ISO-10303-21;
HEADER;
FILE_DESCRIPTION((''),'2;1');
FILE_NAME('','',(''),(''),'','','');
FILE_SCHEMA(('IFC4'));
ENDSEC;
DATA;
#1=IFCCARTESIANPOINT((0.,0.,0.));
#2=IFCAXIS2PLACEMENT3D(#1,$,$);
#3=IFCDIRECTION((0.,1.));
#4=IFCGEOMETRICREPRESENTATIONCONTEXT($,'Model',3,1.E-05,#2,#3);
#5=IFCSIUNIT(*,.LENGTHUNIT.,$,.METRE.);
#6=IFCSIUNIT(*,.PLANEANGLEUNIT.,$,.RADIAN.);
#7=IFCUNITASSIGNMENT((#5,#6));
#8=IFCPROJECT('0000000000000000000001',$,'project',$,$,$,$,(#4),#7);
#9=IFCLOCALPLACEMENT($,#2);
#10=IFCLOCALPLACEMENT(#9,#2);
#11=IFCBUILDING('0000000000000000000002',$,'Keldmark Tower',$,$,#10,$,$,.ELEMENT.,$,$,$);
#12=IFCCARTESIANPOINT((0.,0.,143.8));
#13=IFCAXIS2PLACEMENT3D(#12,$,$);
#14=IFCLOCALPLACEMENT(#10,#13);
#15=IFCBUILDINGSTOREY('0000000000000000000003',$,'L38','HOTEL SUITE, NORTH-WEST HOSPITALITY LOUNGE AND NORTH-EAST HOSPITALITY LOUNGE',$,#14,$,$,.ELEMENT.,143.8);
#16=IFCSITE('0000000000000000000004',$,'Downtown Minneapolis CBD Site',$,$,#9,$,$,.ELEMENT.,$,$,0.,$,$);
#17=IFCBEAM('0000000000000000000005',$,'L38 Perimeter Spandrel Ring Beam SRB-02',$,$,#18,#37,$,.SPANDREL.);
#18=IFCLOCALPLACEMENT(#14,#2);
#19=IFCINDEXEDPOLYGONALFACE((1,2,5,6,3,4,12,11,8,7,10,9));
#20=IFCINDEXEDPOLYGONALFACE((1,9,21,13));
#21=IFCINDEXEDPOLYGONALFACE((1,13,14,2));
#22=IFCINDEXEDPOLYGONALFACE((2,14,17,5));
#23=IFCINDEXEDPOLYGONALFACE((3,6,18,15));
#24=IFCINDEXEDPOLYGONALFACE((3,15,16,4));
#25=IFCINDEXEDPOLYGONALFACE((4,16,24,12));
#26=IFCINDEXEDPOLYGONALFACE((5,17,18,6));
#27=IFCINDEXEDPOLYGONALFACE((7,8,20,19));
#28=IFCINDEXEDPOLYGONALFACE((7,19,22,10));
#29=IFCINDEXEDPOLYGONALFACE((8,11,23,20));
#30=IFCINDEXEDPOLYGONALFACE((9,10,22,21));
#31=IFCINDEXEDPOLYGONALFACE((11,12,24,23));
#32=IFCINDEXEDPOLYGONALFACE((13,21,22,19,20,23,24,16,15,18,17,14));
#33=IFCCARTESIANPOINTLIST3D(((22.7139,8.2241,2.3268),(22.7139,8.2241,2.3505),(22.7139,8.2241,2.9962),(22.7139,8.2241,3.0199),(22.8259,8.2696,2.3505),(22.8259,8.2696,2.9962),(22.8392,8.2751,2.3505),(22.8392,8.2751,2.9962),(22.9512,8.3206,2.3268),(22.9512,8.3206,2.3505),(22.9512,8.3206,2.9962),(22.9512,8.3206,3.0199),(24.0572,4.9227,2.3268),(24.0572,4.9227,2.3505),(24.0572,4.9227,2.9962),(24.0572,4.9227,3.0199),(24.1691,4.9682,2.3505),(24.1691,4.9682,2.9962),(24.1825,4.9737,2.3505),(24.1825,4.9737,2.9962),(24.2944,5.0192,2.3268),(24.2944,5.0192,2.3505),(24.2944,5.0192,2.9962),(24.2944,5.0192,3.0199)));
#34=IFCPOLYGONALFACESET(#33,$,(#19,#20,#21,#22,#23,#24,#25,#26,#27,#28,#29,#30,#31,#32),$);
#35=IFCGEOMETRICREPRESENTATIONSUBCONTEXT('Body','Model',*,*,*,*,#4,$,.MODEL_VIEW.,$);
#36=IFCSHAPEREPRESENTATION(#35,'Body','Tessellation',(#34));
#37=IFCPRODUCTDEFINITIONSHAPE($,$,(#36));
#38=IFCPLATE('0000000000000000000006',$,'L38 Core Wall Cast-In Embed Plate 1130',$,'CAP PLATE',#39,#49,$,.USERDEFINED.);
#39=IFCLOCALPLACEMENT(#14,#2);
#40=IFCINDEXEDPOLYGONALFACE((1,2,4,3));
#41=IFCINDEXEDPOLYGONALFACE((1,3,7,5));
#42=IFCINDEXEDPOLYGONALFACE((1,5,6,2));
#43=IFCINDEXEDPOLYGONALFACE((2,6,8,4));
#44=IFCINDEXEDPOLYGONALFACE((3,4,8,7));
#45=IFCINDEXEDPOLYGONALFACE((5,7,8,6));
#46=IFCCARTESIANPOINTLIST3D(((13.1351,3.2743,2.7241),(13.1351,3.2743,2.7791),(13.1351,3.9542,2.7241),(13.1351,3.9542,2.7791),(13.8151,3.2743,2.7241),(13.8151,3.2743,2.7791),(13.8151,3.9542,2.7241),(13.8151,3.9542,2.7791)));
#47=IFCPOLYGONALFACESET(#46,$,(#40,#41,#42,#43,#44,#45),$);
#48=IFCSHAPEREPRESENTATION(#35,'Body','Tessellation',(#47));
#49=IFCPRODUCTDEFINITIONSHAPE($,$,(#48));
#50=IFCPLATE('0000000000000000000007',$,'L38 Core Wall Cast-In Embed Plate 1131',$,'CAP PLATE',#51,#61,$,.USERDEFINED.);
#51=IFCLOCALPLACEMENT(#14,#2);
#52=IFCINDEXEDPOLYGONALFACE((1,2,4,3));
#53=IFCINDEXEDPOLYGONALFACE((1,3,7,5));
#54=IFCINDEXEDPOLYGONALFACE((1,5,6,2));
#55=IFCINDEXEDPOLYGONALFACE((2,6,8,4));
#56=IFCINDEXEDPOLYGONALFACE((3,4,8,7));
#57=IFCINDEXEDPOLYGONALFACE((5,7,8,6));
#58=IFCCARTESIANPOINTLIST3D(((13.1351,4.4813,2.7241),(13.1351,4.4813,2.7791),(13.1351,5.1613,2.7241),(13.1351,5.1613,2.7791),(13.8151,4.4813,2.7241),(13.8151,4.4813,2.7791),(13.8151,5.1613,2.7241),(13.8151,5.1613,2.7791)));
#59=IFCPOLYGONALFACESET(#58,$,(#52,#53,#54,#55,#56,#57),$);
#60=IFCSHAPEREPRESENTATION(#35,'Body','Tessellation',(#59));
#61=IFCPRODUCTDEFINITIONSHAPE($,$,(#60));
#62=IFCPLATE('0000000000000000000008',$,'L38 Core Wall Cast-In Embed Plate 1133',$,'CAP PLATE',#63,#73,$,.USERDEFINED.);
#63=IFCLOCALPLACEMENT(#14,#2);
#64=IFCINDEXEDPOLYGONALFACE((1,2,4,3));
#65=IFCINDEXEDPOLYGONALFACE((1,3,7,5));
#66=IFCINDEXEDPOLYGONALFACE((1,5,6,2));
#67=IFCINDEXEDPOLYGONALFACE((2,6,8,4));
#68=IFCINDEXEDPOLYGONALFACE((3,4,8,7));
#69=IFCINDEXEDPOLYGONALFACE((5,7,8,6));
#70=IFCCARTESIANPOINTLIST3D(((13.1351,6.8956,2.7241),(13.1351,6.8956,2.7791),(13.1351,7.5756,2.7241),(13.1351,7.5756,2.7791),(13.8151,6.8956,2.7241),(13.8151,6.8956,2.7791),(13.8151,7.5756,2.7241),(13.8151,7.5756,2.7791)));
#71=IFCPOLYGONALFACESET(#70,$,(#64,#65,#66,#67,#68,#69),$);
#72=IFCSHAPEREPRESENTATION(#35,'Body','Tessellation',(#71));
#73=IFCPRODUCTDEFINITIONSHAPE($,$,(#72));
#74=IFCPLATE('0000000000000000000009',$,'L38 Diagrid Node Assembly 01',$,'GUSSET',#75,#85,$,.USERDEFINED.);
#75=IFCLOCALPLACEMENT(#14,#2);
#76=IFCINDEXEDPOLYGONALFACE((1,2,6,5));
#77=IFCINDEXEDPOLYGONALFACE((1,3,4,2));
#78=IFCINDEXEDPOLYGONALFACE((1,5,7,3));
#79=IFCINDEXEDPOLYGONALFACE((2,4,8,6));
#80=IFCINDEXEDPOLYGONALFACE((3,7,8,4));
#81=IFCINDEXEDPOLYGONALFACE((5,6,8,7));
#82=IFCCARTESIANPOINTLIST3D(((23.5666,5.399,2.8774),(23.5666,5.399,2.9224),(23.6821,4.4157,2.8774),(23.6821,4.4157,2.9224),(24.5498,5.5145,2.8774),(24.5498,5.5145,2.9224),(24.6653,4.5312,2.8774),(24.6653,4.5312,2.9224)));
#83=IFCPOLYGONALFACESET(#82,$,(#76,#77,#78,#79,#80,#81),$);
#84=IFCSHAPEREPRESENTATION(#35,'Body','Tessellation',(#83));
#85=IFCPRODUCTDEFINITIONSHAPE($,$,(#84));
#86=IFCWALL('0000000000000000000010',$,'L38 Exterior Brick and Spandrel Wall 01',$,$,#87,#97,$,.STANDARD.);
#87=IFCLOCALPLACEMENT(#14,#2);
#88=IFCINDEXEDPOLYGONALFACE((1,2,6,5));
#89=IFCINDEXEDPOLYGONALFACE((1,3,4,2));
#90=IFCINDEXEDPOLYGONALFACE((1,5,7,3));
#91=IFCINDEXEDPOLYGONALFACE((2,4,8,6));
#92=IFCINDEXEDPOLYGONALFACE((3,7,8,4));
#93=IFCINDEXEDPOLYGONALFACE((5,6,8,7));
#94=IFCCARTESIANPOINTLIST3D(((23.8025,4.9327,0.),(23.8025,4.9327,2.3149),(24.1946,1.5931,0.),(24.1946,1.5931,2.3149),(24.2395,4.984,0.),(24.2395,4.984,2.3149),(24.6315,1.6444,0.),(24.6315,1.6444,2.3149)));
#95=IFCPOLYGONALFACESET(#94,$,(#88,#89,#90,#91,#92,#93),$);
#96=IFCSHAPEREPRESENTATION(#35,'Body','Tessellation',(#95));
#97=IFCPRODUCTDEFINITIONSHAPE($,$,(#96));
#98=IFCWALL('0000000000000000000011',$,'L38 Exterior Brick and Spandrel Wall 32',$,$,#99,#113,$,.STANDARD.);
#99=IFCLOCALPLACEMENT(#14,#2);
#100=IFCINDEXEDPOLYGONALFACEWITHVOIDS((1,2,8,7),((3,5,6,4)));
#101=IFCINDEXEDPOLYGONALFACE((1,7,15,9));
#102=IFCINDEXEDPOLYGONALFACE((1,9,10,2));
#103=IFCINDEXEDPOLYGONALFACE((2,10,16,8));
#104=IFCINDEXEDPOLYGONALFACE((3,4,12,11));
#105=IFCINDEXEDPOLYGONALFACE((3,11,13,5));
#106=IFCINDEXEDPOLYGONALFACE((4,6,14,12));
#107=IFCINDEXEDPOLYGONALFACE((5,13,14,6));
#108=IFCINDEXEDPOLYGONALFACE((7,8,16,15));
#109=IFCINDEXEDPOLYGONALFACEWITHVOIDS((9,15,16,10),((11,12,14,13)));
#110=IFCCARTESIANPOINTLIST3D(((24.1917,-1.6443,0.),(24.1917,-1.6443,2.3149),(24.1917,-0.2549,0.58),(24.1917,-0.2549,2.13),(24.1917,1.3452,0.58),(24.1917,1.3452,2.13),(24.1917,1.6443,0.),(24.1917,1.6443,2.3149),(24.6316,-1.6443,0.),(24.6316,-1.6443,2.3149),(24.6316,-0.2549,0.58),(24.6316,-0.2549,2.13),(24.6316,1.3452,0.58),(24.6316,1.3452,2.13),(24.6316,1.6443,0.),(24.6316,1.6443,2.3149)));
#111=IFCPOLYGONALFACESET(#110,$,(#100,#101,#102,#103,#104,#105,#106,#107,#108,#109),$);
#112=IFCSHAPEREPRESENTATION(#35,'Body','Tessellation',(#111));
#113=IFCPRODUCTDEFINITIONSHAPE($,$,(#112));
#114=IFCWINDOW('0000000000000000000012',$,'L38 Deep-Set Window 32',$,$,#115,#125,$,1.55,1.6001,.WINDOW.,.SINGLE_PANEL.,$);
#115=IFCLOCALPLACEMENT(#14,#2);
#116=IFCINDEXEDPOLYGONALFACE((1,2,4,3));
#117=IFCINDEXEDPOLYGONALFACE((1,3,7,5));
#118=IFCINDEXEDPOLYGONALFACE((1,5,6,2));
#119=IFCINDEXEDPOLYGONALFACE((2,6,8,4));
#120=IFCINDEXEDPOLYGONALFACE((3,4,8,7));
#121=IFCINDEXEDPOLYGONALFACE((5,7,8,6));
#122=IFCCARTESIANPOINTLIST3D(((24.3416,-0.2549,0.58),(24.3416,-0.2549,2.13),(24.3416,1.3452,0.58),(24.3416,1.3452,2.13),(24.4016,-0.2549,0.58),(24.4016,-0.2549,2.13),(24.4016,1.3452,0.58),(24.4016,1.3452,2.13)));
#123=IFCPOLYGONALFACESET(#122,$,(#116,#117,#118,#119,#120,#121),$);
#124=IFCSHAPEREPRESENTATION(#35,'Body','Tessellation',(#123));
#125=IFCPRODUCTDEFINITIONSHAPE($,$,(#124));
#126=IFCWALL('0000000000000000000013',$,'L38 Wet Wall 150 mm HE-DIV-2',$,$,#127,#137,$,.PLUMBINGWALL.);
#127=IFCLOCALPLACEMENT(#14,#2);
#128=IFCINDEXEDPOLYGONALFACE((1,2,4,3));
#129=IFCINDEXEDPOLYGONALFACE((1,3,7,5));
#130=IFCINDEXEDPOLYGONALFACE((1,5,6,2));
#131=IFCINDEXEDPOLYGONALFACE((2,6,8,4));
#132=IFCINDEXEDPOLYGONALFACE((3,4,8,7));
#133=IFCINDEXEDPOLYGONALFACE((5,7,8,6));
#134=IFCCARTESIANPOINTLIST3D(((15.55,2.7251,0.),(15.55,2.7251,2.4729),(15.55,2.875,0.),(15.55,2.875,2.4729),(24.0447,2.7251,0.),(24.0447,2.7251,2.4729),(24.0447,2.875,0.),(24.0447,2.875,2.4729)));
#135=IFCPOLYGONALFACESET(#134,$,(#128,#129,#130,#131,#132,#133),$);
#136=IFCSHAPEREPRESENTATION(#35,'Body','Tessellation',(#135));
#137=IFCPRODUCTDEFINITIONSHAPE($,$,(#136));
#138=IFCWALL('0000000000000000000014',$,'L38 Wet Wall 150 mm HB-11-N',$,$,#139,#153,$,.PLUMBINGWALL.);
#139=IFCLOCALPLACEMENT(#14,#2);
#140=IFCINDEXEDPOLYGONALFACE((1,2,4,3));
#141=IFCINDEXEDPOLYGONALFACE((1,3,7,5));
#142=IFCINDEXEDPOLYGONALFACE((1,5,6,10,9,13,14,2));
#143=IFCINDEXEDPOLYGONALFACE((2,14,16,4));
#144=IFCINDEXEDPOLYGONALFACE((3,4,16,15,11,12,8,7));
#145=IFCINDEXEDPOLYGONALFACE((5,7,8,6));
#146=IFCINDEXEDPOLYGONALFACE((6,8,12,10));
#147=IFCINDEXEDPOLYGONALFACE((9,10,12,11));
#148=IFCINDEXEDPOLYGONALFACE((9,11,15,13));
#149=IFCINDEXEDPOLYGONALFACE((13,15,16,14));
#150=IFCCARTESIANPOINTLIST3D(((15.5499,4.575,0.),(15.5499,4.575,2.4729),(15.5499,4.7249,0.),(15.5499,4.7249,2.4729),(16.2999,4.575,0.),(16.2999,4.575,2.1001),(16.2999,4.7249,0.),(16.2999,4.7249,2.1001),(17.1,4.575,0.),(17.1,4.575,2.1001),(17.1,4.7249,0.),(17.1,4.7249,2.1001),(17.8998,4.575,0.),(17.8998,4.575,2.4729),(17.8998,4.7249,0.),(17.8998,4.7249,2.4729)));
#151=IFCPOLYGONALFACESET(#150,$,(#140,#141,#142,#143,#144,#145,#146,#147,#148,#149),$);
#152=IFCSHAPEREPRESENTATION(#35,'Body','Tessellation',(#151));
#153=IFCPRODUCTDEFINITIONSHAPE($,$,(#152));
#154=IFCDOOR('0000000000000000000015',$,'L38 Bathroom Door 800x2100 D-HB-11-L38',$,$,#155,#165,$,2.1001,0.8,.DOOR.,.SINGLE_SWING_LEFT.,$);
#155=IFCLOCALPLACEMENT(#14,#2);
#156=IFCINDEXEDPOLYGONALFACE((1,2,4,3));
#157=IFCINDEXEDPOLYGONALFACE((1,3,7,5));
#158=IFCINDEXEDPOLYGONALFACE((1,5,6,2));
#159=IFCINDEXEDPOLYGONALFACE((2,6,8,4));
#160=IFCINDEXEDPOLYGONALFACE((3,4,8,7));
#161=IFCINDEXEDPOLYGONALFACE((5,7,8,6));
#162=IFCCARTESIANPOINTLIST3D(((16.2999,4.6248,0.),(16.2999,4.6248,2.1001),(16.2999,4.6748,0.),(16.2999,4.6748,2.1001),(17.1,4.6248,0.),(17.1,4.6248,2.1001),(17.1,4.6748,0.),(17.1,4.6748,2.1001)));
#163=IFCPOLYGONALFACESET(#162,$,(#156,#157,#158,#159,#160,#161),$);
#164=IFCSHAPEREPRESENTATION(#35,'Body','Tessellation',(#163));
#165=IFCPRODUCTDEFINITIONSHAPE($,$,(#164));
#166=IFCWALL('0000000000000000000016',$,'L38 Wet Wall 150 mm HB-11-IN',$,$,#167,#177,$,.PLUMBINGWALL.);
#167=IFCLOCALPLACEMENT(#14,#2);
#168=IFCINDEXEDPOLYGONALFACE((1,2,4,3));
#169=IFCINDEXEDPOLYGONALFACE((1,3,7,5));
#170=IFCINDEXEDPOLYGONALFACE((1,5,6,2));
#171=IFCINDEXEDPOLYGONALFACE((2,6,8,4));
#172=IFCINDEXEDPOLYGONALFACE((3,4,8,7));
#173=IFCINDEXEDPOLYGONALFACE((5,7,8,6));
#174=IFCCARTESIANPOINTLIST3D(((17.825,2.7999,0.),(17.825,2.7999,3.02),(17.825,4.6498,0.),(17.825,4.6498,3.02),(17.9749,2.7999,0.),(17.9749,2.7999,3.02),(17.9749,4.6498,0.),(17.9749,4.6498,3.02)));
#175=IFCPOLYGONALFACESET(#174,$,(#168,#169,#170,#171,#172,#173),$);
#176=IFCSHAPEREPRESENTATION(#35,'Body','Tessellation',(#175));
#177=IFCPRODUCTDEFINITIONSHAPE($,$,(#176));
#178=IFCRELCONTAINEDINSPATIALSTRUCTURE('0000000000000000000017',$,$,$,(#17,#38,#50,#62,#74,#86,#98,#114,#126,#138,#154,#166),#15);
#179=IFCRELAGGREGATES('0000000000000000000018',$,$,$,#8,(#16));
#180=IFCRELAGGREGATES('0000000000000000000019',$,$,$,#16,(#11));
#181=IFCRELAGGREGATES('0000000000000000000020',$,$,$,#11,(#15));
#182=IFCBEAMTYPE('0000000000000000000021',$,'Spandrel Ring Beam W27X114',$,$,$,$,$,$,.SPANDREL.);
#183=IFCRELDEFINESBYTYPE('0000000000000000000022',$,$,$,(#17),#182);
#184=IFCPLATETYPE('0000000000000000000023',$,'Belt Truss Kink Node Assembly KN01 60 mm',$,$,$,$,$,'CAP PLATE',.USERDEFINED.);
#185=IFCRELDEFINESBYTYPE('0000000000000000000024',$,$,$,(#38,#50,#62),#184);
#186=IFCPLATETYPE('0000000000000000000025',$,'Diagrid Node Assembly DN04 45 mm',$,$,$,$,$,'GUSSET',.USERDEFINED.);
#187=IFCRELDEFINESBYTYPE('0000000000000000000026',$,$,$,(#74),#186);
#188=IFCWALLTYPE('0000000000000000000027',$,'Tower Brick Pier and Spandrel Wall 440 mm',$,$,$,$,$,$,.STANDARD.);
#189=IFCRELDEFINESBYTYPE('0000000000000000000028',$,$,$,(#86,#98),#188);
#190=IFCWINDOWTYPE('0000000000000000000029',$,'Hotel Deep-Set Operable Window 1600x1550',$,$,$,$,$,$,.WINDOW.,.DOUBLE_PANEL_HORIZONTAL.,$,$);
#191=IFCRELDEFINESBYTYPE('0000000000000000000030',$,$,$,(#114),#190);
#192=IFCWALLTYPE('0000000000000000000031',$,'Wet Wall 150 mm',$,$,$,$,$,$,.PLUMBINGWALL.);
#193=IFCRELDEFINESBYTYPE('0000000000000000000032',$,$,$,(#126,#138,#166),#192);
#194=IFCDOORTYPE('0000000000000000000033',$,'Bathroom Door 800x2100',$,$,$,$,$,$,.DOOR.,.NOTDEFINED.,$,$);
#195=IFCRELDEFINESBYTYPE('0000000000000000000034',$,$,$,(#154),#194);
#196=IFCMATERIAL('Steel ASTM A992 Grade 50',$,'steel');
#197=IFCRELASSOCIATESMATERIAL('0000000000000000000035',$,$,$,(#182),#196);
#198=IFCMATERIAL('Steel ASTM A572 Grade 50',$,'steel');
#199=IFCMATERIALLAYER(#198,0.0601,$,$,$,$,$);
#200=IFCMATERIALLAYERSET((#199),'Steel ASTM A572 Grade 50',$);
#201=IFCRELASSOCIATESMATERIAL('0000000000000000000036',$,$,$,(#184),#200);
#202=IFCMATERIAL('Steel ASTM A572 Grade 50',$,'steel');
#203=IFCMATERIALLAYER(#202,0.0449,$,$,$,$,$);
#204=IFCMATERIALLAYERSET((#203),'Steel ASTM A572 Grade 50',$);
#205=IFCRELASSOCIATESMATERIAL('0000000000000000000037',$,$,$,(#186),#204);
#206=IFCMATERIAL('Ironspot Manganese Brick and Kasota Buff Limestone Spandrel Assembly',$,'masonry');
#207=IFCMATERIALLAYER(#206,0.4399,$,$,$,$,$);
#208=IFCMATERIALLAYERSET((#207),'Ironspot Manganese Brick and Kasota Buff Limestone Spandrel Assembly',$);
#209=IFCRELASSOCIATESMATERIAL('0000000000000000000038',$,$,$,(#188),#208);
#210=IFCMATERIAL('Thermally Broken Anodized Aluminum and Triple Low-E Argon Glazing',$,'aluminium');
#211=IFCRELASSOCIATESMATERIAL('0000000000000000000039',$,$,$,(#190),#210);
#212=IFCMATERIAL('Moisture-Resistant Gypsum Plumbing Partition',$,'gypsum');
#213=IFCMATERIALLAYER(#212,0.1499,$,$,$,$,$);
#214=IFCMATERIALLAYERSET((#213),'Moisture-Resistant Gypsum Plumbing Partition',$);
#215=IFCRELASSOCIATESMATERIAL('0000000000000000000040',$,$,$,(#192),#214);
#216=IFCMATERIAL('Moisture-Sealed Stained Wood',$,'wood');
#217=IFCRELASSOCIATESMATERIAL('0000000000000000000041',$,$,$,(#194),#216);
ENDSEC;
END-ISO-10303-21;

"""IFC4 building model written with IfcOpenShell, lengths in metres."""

from ifc_helpers import new_model, si_unit, direction, frame, frame_2d, origin, origin_2d, place, context, subcontext, project, spatial, rectangle, i_section, extrude, material, layer, layer_set, material_profile, profile_set, type_object, element, fill, save


model = new_model("IFC4")

# Units and contexts
model_context = context("Model", 3, precision=1e-05, world=origin(), true_north=direction((0.0, 1.0)))
body_context = subcontext(model_context, "Body", "Model", "MODEL_VIEW")
ifc_project = project(units=[si_unit("LENGTHUNIT", "METRE"), si_unit("PLANEANGLEUNIT", "RADIAN")], contexts=[model_context])

# Site, building, storey
site_placement = place(None, origin())
site = spatial("IfcSite", under=ifc_project, at=site_placement, Name="Downtown Minneapolis CBD Site", CompositionType="ELEMENT", RefElevation=0.0)
building_placement = place(site_placement, origin())
building = spatial("IfcBuilding", under=site, at=building_placement, Name="Keldmark Tower", CompositionType="ELEMENT")
storey_placement = place(building_placement, frame((0.0, 0.0, 143.8)))
storey = spatial("IfcBuildingStorey", under=building, at=storey_placement, Name="L38", Description="HOTEL SUITE, NORTH-WEST HOSPITALITY LOUNGE AND NORTH-EAST HOSPITALITY LOUNGE", CompositionType="ELEMENT", Elevation=143.8)

# Beam
ifc_material_1 = material(Name="Steel ASTM A992 Grade 50", Category="steel")
ifc_material_profile_1 = material_profile(ifc_material_1, i_section(OverallWidth=0.2561, OverallDepth=0.6931, WebThickness=0.0144, FlangeThickness=0.0237, at=origin_2d()), Name="W27X114")
ifc_profile_set_1 = profile_set([ifc_material_profile_1], Name="Steel ASTM A992 Grade 50")
beam_type_1 = type_object("IfcBeamType", Name="Spandrel Ring Beam W27X114", PredefinedType="SPANDREL", material=ifc_profile_set_1)
beam_1_placement = place(storey_placement, frame((24.1758, 4.9709, 2.6733), z_axis=(-0.376864, 0.926269, 0.0), x_axis=(-0.926269, -0.376864, 0.0)))
element("IfcBeam", 1, at=beam_1_placement, inside=storey, type_object=beam_type_1, Name="L38 Perimeter Spandrel Ring Beam SRB-02", PredefinedType="SPANDREL", context=body_context, shape_type="SweptSolid", body=[
    extrude(i_section(OverallWidth=0.2561, OverallDepth=0.6931, WebThickness=0.0144, FlangeThickness=0.0237, at=origin_2d()), origin(), (0.0, 0.0, 1.0), 3.5642),
])

# Plates
ifc_material_2 = material(Name="Steel ASTM A572 Grade 50", Category="steel")
ifc_layer_1 = layer(ifc_material_2, 0.0601)
ifc_layer_set_1 = layer_set([ifc_layer_1], Name="Steel ASTM A572 Grade 50")
plate_type_1 = type_object("IfcPlateType", Name="Belt Truss Kink Node Assembly KN01 60 mm", ElementType="CAP PLATE", PredefinedType="USERDEFINED", material=ifc_layer_set_1)
for number, where, z_axis, x_axis, name in (
    (2, (13.4751, 3.6143, 2.7241), (0.0, 0.0, 1.0), (1.0, 0.0, 0.0), "L38 Core Wall Cast-In Embed Plate 1130"),
    (3, (13.4751, 4.8213, 2.7241), (0.0, 0.0, 1.0), (1.0, 0.0, 0.0), "L38 Core Wall Cast-In Embed Plate 1131"),
    (4, (13.4751, 7.2356, 2.7241), (0.0, 0.0, 1.0), (1.0, 0.0, 0.0), "L38 Core Wall Cast-In Embed Plate 1133"),
):
    element("IfcPlate", number, at=place(storey_placement, frame(where, z_axis=z_axis, x_axis=x_axis)), inside=storey, type_object=plate_type_1, Name=name, ObjectType="CAP PLATE", PredefinedType="USERDEFINED", context=body_context, shape_type="SweptSolid", body=[
        extrude(rectangle(XDim=0.6799, YDim=0.6799, at=origin_2d()), origin(), (0.0, 0.0, 1.0), 0.0549),
    ])
ifc_material_3 = material(Name="Steel ASTM A572 Grade 50", Category="steel")
ifc_layer_2 = layer(ifc_material_3, 0.0449)
ifc_layer_set_2 = layer_set([ifc_layer_2], Name="Steel ASTM A572 Grade 50")
plate_type_2 = type_object("IfcPlateType", Name="Diagrid Node Assembly DN04 45 mm", ElementType="GUSSET", PredefinedType="USERDEFINED", material=ifc_layer_set_2)
plate_placement = place(storey_placement, frame((24.116, 4.9651, 2.8774), z_axis=(0.0, 0.0, 1.0), x_axis=(-0.116671, 0.993171, 0.0)))
element("IfcPlate", 5, at=plate_placement, inside=storey, type_object=plate_type_2, Name="L38 Diagrid Node Assembly 01", ObjectType="GUSSET", PredefinedType="USERDEFINED", context=body_context, shape_type="SweptSolid", body=[
    extrude(rectangle(XDim=0.99, YDim=0.99, at=origin_2d()), origin(), (0.0, 0.0, 1.0), 0.0449),
])

# Wall
ifc_material_4 = material(Name="Ironspot Manganese Brick and Kasota Buff Limestone Spandrel Assembly", Category="masonry")
ifc_layer_3 = layer(ifc_material_4, 0.4399)
ifc_layer_set_3 = layer_set([ifc_layer_3], Name="Ironspot Manganese Brick and Kasota Buff Limestone Spandrel Assembly")
wall_type_1 = type_object("IfcWallType", Name="Tower Brick Pier and Spandrel Wall 440 mm", PredefinedType="STANDARD", material=ifc_layer_set_3)
wall_1_placement = place(storey_placement, frame((24.021, 4.9583, 0.0), z_axis=(0.0, 0.0, 1.0), x_axis=(0.116605, -0.993178, 0.0)))
element("IfcWall", 6, at=wall_1_placement, inside=storey, type_object=wall_type_1, Name="L38 Exterior Brick and Spandrel Wall 01", PredefinedType="STANDARD", context=body_context, shape_type="SweptSolid", body=[
    extrude(rectangle(XDim=3.3625, YDim=0.4399, at=frame_2d((1.6812, 0.0))), origin(), (0.0, 0.0, 1.0), 2.3149),
])

# Wall, opening, window
wall_2_placement = place(storey_placement, frame((24.4116, 1.6443, 0.0), z_axis=(0.0, 0.0, 1.0), x_axis=(0.0, -1.0, 0.0)))
wall_2 = element("IfcWall", 7, at=wall_2_placement, inside=storey, type_object=wall_type_1, Name="L38 Exterior Brick and Spandrel Wall 32", PredefinedType="STANDARD", context=body_context, shape_type="SweptSolid", body=[
    extrude(rectangle(XDim=3.2886, YDim=0.4399, at=frame_2d((1.6443, 0.0))), origin(), (0.0, 0.0, 1.0), 2.3149),
])
opening_1_placement = place(wall_2_placement, frame((0.2991, 0.0, 0.5801)))
opening_1 = element("IfcOpeningElement", 8, at=opening_1_placement, cuts=wall_2, PredefinedType="OPENING", context=body_context, shape_type="SweptSolid", body=[
    extrude(rectangle(XDim=1.6001, YDim=1.55, at=frame_2d((0.8, 0.7749))), frame((0.0, 0.23, 0.0), z_axis=(0.0, -1.0, 0.0), x_axis=(1.0, 0.0, 0.0)), (0.0, 0.0, 1.0), 0.46),
])
ifc_material_5 = material(Name="Thermally Broken Anodized Aluminum and Triple Low-E Argon Glazing", Category="aluminium")
window_type = type_object("IfcWindowType", Name="Hotel Deep-Set Operable Window 1600x1550", PartitioningType="DOUBLE_PANEL_HORIZONTAL", PredefinedType="WINDOW", material=ifc_material_5)
window_placement = place(opening_1_placement, origin())
window = element("IfcWindow", 9, at=window_placement, inside=storey, type_object=window_type, Name="L38 Deep-Set Window 32", OverallHeight=1.55, OverallWidth=1.6001, PartitioningType="SINGLE_PANEL", PredefinedType="WINDOW", context=body_context, shape_type="SweptSolid", body=[
    extrude(rectangle(XDim=1.6001, YDim=1.55, at=frame_2d((0.8, 0.7749))), frame((0.0, -0.01, 0.0), z_axis=(0.0, -1.0, 0.0), x_axis=(1.0, 0.0, 0.0)), (0.0, 0.0, 1.0), 0.0601),
])
fill(opening_1, window)

# Wall
ifc_material_6 = material(Name="Moisture-Resistant Gypsum Plumbing Partition", Category="gypsum")
ifc_layer_4 = layer(ifc_material_6, 0.1499)
ifc_layer_set_4 = layer_set([ifc_layer_4], Name="Moisture-Resistant Gypsum Plumbing Partition")
wall_type_2 = type_object("IfcWallType", Name="Wet Wall 150 mm", PredefinedType="PLUMBINGWALL", material=ifc_layer_set_4)
wall_3_placement = place(storey_placement, frame((15.55, 2.8, 0.0), z_axis=(0.0, 0.0, 1.0), x_axis=(1.0, 0.0, 0.0)))
element("IfcWall", 10, at=wall_3_placement, inside=storey, type_object=wall_type_2, Name="L38 Wet Wall 150 mm HE-DIV-2", PredefinedType="PLUMBINGWALL", context=body_context, shape_type="SweptSolid", body=[
    extrude(rectangle(XDim=8.4946, YDim=0.1499, at=frame_2d((4.2473, 0.0))), origin(), (0.0, 0.0, 1.0), 2.4729),
])

# Wall, opening, door
wall_4_placement = place(storey_placement, frame((15.55, 4.6499, 0.0), z_axis=(0.0, 0.0, 1.0), x_axis=(1.0, 0.0, 0.0)))
wall_4 = element("IfcWall", 11, at=wall_4_placement, inside=storey, type_object=wall_type_2, Name="L38 Wet Wall 150 mm HB-11-N", PredefinedType="PLUMBINGWALL", context=body_context, shape_type="SweptSolid", body=[
    extrude(rectangle(XDim=2.3499, YDim=0.1499, at=frame_2d((1.1748, 0.0))), origin(), (0.0, 0.0, 1.0), 2.4729),
])
opening_2_placement = place(wall_4_placement, frame((0.75, 0.0, 0.0)))
opening_2 = element("IfcOpeningElement", 12, at=opening_2_placement, cuts=wall_4, PredefinedType="OPENING", context=body_context, shape_type="SweptSolid", body=[
    extrude(rectangle(XDim=0.8, YDim=2.1001, at=frame_2d((0.3999, 1.05))), frame((0.0, 0.085, 0.0), z_axis=(0.0, -1.0, 0.0), x_axis=(1.0, 0.0, 0.0)), (0.0, 0.0, 1.0), 0.1699),
])
ifc_material_7 = material(Name="Moisture-Sealed Stained Wood", Category="wood")
door_type = type_object("IfcDoorType", Name="Bathroom Door 800x2100", OperationType="NOTDEFINED", PredefinedType="DOOR", material=ifc_material_7)
door_placement = place(opening_2_placement, origin())
door = element("IfcDoor", 13, at=door_placement, inside=storey, type_object=door_type, Name="L38 Bathroom Door 800x2100 D-HB-11-L38", OperationType="SINGLE_SWING_LEFT", OverallHeight=2.1001, OverallWidth=0.8, PredefinedType="DOOR", context=body_context, shape_type="SweptSolid", body=[
    extrude(rectangle(XDim=0.8, YDim=2.1001, at=frame_2d((0.3999, 1.05))), frame((0.0, 0.0249, 0.0), z_axis=(0.0, -1.0, 0.0), x_axis=(1.0, 0.0, 0.0)), (0.0, 0.0, 1.0), 0.05),
])
fill(opening_2, door)

# Wall
wall_5_placement = place(storey_placement, frame((17.8999, 2.8, 0.0), z_axis=(0.0, 0.0, 1.0), x_axis=(0.0, 1.0, 0.0)))
element("IfcWall", 14, at=wall_5_placement, inside=storey, type_object=wall_type_2, Name="L38 Wet Wall 150 mm HB-11-IN", PredefinedType="PLUMBINGWALL", context=body_context, shape_type="SweptSolid", body=[
    extrude(rectangle(XDim=1.8499, YDim=0.1499, at=frame_2d((0.9248, 0.0))), origin(), (0.0, 0.0, 1.0), 3.02),
])

save(model, "model.ifc")
